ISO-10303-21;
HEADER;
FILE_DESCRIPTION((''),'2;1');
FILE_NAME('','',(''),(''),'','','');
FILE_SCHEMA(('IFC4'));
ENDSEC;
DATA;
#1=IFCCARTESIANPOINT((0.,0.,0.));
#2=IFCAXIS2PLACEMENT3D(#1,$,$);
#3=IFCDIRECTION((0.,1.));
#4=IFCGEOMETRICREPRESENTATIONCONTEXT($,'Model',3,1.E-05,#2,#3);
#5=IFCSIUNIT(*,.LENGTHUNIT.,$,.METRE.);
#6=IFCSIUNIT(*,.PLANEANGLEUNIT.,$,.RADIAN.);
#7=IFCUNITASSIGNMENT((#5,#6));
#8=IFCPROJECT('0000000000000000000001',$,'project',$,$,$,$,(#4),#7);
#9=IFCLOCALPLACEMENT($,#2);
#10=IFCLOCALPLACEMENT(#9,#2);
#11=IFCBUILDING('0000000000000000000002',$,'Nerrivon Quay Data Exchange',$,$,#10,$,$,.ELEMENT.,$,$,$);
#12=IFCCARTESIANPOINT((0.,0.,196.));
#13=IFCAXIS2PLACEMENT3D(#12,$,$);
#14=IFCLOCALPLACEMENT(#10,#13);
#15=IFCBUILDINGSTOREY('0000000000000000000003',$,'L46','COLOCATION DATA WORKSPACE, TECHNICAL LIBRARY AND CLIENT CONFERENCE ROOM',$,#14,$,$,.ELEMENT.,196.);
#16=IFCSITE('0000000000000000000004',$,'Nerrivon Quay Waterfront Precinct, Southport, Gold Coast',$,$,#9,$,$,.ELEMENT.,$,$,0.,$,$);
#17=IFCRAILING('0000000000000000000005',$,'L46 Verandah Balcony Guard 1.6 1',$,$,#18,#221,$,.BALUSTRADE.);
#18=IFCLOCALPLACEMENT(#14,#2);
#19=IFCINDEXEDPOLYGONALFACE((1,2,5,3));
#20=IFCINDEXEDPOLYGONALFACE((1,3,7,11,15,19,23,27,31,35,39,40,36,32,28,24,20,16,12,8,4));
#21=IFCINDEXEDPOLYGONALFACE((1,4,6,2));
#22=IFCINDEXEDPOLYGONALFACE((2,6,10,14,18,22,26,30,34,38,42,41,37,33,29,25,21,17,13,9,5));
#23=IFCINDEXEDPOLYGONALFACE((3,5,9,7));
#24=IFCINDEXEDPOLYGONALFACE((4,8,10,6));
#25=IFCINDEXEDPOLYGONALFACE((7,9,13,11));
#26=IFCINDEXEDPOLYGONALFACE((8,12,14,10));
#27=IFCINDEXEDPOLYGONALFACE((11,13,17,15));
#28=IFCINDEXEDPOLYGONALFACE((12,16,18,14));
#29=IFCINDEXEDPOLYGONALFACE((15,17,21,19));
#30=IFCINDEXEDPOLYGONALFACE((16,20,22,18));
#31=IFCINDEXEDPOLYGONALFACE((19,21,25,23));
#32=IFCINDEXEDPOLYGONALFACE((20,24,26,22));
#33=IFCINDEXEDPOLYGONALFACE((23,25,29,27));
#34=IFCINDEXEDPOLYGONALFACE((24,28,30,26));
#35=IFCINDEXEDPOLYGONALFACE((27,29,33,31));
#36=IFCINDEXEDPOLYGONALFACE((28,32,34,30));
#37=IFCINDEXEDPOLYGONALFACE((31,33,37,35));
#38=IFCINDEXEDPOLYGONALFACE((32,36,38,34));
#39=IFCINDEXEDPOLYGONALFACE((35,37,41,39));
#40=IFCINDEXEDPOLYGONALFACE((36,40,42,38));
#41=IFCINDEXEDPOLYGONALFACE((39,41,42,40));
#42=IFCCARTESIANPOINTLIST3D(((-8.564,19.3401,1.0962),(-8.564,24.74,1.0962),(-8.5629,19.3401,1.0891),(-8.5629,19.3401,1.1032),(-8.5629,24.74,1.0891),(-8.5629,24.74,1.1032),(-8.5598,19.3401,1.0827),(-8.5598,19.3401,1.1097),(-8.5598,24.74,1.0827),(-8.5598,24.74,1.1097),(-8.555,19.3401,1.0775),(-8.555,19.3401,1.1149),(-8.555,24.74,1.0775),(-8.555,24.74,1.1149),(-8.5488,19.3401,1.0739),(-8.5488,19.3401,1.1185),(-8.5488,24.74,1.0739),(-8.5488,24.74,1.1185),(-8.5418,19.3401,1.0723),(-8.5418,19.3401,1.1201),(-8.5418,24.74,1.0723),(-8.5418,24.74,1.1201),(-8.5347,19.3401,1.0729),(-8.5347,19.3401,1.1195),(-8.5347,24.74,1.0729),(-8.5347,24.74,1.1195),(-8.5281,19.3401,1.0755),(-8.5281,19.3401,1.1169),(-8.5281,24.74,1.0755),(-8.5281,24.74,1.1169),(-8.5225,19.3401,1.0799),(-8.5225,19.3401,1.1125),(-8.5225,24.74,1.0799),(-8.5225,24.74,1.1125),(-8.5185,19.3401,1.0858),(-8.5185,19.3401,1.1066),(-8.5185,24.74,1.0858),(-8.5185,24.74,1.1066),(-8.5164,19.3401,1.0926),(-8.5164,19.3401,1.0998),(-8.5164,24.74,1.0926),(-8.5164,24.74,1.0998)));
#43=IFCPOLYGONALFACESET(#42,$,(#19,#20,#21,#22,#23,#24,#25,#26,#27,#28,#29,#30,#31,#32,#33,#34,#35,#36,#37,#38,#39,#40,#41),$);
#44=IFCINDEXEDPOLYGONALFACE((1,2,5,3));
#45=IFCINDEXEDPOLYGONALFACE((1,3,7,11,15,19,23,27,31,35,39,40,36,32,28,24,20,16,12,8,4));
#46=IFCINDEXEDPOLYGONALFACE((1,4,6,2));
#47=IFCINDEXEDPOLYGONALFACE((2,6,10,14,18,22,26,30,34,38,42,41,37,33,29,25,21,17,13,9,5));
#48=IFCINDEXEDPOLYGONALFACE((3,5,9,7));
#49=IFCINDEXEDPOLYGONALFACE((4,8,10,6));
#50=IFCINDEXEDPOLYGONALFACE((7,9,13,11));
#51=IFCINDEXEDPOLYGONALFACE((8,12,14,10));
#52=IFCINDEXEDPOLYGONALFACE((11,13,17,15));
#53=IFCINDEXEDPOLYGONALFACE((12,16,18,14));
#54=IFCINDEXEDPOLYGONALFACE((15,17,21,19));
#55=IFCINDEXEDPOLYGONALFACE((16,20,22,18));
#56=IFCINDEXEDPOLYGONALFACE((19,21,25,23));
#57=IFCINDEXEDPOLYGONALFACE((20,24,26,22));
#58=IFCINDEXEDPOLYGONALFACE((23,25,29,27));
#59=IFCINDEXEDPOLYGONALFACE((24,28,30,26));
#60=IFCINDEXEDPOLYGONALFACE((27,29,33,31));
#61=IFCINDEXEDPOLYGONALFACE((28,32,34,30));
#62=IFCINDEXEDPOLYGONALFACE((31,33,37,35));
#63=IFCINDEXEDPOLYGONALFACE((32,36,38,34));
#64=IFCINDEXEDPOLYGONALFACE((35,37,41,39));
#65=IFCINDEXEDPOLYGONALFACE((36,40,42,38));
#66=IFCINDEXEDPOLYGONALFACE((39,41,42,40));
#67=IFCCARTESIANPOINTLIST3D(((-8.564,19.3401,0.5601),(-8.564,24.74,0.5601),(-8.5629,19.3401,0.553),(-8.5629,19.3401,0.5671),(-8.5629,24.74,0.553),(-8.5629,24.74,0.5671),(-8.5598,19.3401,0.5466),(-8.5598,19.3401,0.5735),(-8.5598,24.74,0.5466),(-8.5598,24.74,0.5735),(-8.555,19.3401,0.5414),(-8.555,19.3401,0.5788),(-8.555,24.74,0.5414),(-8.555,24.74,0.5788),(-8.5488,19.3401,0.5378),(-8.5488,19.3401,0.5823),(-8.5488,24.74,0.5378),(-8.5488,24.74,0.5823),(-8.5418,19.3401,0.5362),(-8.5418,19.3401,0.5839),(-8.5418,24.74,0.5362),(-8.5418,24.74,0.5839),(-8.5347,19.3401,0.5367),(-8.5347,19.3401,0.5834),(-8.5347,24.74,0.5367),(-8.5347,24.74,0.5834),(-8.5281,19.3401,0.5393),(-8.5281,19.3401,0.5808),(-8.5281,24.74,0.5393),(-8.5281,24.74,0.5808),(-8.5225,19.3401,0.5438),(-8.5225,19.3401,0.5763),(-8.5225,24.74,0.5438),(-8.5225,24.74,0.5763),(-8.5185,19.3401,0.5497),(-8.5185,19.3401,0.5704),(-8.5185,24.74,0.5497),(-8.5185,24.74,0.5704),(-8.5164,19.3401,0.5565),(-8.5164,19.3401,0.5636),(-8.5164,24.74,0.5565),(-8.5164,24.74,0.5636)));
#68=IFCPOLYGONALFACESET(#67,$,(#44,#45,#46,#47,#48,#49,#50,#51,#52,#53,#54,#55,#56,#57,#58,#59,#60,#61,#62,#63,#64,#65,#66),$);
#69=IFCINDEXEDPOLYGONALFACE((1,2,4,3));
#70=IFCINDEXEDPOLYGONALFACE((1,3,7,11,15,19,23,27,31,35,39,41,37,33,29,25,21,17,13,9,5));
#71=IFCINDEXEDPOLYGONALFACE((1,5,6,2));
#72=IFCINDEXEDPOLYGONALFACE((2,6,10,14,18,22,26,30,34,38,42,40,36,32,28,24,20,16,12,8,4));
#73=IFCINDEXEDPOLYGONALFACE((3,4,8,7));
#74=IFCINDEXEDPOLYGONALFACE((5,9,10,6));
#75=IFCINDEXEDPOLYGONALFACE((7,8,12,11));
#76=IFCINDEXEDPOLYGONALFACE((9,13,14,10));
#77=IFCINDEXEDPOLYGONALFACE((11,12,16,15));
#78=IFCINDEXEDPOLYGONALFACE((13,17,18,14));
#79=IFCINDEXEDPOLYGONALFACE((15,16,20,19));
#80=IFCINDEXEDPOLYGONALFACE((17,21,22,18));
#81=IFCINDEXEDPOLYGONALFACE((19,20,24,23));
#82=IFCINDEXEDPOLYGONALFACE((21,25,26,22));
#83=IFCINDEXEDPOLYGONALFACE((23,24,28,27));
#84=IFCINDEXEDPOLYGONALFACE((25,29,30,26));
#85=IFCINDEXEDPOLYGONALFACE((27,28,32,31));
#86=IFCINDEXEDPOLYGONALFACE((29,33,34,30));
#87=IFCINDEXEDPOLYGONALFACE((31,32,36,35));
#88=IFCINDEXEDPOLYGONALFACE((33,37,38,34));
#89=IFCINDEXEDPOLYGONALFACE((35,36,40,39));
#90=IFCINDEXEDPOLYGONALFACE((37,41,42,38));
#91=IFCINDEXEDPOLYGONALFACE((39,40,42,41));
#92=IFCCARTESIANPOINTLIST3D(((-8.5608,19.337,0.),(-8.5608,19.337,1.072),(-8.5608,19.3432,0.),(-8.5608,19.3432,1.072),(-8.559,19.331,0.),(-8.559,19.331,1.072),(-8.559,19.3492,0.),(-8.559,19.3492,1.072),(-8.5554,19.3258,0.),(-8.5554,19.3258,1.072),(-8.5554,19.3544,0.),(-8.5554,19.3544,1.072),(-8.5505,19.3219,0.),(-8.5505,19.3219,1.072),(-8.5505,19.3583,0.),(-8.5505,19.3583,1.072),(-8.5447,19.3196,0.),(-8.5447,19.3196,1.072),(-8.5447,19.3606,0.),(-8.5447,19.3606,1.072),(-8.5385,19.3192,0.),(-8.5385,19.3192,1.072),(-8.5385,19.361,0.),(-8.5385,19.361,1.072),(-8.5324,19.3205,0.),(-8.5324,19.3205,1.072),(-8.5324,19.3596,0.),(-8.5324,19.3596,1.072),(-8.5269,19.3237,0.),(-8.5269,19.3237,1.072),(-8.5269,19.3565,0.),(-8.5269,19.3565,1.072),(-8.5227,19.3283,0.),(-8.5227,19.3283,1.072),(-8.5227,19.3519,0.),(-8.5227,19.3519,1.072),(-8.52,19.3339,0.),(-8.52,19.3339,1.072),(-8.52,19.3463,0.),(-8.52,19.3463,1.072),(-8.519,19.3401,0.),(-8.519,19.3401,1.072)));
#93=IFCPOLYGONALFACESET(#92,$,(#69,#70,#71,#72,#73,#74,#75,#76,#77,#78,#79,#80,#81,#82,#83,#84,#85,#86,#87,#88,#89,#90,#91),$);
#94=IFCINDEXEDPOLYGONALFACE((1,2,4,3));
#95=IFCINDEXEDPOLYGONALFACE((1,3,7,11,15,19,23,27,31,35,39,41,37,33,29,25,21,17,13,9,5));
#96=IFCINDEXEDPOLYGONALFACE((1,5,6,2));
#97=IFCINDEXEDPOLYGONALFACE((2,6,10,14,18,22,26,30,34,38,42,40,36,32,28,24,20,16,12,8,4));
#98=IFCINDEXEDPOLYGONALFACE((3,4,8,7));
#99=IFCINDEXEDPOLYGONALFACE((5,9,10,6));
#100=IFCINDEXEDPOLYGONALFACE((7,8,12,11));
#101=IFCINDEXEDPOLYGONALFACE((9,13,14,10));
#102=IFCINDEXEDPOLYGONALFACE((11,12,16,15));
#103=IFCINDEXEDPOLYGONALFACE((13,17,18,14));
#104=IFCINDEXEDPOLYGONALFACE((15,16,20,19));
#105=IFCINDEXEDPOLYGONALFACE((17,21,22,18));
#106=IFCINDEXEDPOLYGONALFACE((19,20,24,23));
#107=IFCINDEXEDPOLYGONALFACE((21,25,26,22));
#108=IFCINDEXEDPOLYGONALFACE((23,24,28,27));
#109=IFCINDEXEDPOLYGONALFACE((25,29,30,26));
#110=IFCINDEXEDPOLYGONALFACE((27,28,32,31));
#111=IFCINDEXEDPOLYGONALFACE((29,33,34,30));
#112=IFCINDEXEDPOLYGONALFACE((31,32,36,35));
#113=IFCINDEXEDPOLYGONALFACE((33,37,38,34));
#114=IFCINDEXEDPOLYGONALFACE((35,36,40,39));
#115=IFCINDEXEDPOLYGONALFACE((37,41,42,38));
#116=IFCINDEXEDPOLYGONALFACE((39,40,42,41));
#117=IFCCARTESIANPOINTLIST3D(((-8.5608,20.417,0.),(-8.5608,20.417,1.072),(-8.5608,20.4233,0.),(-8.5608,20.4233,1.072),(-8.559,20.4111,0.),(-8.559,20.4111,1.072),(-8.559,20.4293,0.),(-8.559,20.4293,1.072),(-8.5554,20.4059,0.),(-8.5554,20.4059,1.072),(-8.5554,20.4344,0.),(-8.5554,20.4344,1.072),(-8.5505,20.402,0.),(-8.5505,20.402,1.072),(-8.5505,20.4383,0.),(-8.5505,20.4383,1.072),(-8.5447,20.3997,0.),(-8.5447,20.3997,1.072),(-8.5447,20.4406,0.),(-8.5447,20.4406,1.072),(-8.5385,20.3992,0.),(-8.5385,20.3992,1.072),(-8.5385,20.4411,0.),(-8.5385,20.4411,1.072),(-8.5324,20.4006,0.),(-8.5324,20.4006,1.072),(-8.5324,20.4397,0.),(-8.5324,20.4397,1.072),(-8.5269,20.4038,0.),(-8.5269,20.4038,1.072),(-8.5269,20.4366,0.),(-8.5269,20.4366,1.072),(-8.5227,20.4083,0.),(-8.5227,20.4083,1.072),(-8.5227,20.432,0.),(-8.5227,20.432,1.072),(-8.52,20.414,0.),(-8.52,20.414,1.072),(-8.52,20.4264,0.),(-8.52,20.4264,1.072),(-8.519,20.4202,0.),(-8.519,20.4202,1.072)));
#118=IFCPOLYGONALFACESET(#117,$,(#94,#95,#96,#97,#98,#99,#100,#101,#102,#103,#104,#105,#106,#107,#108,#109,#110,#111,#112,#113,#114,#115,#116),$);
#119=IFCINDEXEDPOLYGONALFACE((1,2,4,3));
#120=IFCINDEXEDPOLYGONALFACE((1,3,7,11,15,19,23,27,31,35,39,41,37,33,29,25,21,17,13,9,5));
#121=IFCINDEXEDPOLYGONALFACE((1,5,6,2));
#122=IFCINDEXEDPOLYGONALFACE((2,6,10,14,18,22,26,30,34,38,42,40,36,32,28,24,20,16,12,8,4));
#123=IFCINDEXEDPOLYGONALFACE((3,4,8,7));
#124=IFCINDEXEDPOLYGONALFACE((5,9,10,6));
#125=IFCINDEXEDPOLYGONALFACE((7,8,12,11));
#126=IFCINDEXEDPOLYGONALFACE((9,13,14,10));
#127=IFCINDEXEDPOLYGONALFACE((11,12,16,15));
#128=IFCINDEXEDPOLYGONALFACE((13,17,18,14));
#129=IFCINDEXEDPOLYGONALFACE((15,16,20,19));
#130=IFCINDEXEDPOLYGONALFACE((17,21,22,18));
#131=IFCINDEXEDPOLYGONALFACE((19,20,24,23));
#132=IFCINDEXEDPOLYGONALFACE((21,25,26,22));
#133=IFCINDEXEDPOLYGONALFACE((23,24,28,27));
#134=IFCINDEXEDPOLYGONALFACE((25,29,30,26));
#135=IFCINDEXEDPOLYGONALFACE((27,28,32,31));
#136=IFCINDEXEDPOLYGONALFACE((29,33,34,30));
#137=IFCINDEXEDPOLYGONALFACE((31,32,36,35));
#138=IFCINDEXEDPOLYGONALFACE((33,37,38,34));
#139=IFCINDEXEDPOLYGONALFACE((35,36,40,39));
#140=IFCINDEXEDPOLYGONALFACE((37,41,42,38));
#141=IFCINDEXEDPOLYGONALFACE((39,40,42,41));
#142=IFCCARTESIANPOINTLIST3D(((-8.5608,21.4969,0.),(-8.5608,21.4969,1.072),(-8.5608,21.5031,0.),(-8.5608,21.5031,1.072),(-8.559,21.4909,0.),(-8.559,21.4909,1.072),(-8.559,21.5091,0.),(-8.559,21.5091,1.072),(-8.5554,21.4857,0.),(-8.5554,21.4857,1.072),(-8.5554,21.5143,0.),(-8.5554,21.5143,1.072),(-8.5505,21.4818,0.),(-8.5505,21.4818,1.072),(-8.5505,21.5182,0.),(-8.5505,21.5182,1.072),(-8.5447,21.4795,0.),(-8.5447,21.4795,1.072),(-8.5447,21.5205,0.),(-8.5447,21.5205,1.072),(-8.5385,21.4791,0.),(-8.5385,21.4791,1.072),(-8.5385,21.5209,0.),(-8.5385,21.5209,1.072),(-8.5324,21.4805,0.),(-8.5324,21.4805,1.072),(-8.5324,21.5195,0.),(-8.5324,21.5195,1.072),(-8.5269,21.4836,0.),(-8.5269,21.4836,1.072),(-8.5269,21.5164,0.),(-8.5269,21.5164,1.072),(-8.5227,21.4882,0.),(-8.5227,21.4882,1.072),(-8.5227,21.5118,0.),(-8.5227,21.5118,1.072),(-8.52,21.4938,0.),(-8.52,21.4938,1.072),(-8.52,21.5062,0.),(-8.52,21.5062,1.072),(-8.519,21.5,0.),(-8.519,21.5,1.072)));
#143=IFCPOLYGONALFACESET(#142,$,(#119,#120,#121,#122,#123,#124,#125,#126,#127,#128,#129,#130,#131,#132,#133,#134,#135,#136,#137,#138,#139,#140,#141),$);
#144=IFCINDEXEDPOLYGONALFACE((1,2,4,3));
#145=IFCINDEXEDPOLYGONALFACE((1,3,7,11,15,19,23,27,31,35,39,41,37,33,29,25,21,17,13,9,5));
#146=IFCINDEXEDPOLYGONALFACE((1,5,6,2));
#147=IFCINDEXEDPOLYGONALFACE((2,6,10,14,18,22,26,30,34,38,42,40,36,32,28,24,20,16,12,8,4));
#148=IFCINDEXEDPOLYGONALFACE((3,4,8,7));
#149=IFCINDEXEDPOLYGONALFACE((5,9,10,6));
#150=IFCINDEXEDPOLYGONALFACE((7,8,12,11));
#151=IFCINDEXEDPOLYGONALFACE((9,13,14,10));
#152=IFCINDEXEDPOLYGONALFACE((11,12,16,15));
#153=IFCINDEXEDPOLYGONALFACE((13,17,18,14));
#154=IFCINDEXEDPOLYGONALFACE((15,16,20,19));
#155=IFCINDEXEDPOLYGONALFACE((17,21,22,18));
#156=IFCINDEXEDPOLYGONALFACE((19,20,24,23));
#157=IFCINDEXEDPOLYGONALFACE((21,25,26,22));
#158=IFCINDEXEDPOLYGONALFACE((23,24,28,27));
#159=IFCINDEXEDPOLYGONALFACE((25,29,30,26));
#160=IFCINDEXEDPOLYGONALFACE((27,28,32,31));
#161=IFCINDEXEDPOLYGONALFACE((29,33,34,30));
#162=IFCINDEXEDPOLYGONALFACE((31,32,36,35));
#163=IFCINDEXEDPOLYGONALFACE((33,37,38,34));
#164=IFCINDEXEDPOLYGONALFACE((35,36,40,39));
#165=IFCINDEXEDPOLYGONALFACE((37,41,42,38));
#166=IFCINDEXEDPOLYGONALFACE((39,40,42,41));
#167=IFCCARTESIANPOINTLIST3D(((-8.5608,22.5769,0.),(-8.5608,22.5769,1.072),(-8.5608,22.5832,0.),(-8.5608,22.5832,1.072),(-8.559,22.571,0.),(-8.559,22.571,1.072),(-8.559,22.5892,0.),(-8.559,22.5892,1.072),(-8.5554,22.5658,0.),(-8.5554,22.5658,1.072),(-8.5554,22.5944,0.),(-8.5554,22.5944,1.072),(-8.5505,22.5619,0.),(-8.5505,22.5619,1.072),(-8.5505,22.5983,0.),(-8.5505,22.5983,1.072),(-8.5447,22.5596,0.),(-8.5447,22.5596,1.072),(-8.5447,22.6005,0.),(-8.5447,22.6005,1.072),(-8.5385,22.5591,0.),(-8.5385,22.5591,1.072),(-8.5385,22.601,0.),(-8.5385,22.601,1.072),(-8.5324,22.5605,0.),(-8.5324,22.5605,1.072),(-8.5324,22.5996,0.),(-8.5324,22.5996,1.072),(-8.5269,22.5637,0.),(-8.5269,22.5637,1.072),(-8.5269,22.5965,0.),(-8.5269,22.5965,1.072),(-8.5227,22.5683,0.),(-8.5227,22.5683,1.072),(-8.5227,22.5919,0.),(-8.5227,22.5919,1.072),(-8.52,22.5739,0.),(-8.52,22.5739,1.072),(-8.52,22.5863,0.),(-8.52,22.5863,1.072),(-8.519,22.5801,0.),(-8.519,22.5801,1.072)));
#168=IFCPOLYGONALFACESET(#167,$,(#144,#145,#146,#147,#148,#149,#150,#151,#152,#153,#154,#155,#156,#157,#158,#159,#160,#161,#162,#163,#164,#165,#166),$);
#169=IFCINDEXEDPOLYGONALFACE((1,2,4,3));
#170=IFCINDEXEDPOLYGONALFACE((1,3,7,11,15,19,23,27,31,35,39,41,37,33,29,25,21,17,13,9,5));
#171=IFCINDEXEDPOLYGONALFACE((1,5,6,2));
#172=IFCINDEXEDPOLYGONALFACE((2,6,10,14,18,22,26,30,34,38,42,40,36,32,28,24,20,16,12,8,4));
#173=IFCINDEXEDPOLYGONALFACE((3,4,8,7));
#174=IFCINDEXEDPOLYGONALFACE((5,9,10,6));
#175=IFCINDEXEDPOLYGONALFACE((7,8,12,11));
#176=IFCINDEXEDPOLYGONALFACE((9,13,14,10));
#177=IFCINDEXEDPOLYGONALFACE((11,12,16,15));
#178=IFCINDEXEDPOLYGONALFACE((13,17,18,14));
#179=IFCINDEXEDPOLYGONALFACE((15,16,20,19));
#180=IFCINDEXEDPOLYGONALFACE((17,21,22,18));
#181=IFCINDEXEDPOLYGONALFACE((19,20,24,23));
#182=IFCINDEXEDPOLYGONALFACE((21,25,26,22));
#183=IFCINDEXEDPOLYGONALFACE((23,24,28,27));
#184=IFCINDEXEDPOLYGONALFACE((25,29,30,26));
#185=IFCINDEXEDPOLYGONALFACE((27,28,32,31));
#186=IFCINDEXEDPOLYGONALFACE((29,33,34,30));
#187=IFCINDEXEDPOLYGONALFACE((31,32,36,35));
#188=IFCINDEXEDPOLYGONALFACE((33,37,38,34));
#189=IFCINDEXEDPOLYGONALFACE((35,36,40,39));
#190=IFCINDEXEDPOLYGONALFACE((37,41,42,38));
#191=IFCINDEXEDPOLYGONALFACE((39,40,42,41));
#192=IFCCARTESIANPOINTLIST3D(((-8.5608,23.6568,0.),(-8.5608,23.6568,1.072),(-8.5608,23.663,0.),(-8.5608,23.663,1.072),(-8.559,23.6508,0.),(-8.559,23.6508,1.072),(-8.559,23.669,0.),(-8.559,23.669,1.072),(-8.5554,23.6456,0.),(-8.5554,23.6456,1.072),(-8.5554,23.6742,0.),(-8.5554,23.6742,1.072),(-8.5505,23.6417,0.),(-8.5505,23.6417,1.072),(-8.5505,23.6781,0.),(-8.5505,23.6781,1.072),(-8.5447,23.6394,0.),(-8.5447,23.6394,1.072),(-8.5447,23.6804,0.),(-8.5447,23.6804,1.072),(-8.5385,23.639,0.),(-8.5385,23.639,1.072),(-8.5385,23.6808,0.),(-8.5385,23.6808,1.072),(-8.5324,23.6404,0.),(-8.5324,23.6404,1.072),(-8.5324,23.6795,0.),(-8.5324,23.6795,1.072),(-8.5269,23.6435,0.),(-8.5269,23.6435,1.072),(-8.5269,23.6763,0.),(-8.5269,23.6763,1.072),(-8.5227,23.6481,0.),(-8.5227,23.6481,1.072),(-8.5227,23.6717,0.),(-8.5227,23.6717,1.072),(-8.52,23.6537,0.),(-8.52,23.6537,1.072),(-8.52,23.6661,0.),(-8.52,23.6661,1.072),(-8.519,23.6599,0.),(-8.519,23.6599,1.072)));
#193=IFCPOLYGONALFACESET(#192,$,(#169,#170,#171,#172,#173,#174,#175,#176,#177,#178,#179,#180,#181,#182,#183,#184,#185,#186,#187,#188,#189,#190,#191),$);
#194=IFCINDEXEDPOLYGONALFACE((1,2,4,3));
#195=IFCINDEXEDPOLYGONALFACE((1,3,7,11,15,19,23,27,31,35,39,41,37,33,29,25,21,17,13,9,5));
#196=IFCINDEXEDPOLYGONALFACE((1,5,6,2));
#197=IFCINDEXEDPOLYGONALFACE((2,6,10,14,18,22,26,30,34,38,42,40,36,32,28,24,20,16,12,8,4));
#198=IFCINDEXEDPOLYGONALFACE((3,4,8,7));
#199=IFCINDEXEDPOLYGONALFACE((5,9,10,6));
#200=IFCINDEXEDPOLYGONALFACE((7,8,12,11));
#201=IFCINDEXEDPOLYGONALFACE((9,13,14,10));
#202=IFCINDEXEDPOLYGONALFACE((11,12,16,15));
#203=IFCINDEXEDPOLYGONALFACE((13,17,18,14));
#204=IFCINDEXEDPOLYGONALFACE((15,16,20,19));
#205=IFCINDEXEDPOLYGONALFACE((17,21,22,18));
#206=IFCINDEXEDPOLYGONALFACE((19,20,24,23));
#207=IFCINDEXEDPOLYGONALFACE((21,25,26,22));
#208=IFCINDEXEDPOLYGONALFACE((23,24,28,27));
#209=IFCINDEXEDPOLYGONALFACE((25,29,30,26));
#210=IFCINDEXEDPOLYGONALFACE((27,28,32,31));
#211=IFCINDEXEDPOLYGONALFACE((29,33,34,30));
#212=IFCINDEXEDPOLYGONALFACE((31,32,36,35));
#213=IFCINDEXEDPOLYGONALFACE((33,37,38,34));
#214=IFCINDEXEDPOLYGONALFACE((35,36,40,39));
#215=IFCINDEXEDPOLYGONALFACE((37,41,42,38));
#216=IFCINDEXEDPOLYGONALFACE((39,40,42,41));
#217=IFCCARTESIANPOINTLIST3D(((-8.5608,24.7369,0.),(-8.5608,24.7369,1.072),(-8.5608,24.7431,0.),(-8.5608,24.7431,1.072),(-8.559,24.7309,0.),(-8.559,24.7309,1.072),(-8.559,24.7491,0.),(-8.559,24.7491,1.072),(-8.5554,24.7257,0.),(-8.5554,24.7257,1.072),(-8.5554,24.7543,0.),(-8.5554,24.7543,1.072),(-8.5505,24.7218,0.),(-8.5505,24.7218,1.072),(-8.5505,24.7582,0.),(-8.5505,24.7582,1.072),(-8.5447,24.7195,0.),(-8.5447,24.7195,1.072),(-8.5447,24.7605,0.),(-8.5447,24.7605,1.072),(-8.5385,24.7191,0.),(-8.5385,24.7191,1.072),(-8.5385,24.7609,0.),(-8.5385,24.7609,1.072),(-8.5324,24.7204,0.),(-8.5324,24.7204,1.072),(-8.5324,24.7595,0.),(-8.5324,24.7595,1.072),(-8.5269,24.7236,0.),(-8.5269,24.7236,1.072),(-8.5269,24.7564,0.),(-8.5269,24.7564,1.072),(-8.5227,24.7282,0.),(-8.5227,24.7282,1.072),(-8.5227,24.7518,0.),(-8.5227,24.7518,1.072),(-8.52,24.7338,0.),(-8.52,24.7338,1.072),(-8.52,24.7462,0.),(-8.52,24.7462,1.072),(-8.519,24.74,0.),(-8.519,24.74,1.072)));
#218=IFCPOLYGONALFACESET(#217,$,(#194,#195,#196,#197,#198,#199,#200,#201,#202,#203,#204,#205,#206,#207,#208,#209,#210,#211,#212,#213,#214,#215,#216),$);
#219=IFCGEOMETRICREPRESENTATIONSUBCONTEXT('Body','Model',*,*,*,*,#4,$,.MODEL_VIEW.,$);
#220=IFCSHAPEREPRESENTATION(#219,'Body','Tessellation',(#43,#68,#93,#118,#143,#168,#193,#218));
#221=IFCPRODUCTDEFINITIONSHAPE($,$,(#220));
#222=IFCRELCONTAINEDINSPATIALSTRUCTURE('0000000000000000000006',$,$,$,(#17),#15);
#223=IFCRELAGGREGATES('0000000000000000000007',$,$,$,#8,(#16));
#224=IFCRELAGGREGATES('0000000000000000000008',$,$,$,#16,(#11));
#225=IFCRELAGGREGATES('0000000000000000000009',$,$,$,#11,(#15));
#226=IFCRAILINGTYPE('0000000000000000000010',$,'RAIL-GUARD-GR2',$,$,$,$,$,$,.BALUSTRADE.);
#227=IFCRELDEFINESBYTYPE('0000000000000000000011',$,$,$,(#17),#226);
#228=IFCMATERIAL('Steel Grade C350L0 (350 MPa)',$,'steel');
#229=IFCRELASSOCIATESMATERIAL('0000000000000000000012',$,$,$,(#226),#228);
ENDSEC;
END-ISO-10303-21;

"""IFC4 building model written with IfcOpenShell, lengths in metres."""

from ifc_helpers import new_model, si_unit, direction, frame, origin, origin_2d, place, context, subcontext, project, spatial, circle, extrude, material, type_object, element, save


model = new_model("IFC4")

# Units and contexts
model_context = context("Model", 3, precision=1e-05, world=origin(), true_north=direction((0.0, 1.0)))
body_context = subcontext(model_context, "Body", "Model", "MODEL_VIEW")
ifc_project = project(units=[si_unit("LENGTHUNIT", "METRE"), si_unit("PLANEANGLEUNIT", "RADIAN")], contexts=[model_context])

# Site, building, storey
site_placement = place(None, origin())
site = spatial("IfcSite", under=ifc_project, at=site_placement, Name="Nerrivon Quay Waterfront Precinct, Southport, Gold Coast", CompositionType="ELEMENT", RefElevation=0.0)
building_placement = place(site_placement, origin())
building = spatial("IfcBuilding", under=site, at=building_placement, Name="Nerrivon Quay Data Exchange", CompositionType="ELEMENT")
storey_placement = place(building_placement, frame((0.0, 0.0, 196.0)))
storey = spatial("IfcBuildingStorey", under=building, at=storey_placement, Name="L46", Description="COLOCATION DATA WORKSPACE, TECHNICAL LIBRARY AND CLIENT CONFERENCE ROOM", CompositionType="ELEMENT", Elevation=196.0)

# Railing
ifc_material_1 = material(Name="Steel Grade C350L0 (350 MPa)", Category="steel")
railing_type = type_object("IfcRailingType", Name="RAIL-GUARD-GR2", PredefinedType="BALUSTRADE", material=ifc_material_1)
railing_1_placement = place(storey_placement, frame((-8.54, 19.3401, 0.0)))
element("IfcRailing", 1, at=railing_1_placement, inside=storey, type_object=railing_type, Name="L46 Verandah Balcony Guard 1.6 1", PredefinedType="BALUSTRADE", context=body_context, shape_type="SweptSolid", body=[
    extrude(circle(Radius=0.0239, at=origin_2d()), frame((0.0, 0.0, 1.0962), z_axis=(0.0, 1.0, 0.0), x_axis=(-1.0, 0.0, 0.0)), (0.0, 0.0, 1.0), 5.3999),
    extrude(circle(Radius=0.0239, at=origin_2d()), frame((0.0, 0.0, 0.5601), z_axis=(0.0, 1.0, 0.0), x_axis=(-1.0, 0.0, 0.0)), (0.0, 0.0, 1.0), 5.3999),
    extrude(circle(Radius=0.021, at=origin_2d()), origin(), (0.0, 0.0, 1.0), 1.072),
    extrude(circle(Radius=0.021, at=origin_2d()), frame((0.0, 1.0801, 0.0)), (0.0, 0.0, 1.0), 1.072),
    extrude(circle(Radius=0.021, at=origin_2d()), frame((0.0, 2.1599, 0.0)), (0.0, 0.0, 1.0), 1.072),
    extrude(circle(Radius=0.021, at=origin_2d()), frame((0.0, 3.24, 0.0)), (0.0, 0.0, 1.0), 1.072),
    extrude(circle(Radius=0.021, at=origin_2d()), frame((0.0, 4.3198, 0.0)), (0.0, 0.0, 1.0), 1.072),
    extrude(circle(Radius=0.021, at=origin_2d()), frame((0.0, 5.3999, 0.0)), (0.0, 0.0, 1.0), 1.072),
])

save(model, "model.ifc")
